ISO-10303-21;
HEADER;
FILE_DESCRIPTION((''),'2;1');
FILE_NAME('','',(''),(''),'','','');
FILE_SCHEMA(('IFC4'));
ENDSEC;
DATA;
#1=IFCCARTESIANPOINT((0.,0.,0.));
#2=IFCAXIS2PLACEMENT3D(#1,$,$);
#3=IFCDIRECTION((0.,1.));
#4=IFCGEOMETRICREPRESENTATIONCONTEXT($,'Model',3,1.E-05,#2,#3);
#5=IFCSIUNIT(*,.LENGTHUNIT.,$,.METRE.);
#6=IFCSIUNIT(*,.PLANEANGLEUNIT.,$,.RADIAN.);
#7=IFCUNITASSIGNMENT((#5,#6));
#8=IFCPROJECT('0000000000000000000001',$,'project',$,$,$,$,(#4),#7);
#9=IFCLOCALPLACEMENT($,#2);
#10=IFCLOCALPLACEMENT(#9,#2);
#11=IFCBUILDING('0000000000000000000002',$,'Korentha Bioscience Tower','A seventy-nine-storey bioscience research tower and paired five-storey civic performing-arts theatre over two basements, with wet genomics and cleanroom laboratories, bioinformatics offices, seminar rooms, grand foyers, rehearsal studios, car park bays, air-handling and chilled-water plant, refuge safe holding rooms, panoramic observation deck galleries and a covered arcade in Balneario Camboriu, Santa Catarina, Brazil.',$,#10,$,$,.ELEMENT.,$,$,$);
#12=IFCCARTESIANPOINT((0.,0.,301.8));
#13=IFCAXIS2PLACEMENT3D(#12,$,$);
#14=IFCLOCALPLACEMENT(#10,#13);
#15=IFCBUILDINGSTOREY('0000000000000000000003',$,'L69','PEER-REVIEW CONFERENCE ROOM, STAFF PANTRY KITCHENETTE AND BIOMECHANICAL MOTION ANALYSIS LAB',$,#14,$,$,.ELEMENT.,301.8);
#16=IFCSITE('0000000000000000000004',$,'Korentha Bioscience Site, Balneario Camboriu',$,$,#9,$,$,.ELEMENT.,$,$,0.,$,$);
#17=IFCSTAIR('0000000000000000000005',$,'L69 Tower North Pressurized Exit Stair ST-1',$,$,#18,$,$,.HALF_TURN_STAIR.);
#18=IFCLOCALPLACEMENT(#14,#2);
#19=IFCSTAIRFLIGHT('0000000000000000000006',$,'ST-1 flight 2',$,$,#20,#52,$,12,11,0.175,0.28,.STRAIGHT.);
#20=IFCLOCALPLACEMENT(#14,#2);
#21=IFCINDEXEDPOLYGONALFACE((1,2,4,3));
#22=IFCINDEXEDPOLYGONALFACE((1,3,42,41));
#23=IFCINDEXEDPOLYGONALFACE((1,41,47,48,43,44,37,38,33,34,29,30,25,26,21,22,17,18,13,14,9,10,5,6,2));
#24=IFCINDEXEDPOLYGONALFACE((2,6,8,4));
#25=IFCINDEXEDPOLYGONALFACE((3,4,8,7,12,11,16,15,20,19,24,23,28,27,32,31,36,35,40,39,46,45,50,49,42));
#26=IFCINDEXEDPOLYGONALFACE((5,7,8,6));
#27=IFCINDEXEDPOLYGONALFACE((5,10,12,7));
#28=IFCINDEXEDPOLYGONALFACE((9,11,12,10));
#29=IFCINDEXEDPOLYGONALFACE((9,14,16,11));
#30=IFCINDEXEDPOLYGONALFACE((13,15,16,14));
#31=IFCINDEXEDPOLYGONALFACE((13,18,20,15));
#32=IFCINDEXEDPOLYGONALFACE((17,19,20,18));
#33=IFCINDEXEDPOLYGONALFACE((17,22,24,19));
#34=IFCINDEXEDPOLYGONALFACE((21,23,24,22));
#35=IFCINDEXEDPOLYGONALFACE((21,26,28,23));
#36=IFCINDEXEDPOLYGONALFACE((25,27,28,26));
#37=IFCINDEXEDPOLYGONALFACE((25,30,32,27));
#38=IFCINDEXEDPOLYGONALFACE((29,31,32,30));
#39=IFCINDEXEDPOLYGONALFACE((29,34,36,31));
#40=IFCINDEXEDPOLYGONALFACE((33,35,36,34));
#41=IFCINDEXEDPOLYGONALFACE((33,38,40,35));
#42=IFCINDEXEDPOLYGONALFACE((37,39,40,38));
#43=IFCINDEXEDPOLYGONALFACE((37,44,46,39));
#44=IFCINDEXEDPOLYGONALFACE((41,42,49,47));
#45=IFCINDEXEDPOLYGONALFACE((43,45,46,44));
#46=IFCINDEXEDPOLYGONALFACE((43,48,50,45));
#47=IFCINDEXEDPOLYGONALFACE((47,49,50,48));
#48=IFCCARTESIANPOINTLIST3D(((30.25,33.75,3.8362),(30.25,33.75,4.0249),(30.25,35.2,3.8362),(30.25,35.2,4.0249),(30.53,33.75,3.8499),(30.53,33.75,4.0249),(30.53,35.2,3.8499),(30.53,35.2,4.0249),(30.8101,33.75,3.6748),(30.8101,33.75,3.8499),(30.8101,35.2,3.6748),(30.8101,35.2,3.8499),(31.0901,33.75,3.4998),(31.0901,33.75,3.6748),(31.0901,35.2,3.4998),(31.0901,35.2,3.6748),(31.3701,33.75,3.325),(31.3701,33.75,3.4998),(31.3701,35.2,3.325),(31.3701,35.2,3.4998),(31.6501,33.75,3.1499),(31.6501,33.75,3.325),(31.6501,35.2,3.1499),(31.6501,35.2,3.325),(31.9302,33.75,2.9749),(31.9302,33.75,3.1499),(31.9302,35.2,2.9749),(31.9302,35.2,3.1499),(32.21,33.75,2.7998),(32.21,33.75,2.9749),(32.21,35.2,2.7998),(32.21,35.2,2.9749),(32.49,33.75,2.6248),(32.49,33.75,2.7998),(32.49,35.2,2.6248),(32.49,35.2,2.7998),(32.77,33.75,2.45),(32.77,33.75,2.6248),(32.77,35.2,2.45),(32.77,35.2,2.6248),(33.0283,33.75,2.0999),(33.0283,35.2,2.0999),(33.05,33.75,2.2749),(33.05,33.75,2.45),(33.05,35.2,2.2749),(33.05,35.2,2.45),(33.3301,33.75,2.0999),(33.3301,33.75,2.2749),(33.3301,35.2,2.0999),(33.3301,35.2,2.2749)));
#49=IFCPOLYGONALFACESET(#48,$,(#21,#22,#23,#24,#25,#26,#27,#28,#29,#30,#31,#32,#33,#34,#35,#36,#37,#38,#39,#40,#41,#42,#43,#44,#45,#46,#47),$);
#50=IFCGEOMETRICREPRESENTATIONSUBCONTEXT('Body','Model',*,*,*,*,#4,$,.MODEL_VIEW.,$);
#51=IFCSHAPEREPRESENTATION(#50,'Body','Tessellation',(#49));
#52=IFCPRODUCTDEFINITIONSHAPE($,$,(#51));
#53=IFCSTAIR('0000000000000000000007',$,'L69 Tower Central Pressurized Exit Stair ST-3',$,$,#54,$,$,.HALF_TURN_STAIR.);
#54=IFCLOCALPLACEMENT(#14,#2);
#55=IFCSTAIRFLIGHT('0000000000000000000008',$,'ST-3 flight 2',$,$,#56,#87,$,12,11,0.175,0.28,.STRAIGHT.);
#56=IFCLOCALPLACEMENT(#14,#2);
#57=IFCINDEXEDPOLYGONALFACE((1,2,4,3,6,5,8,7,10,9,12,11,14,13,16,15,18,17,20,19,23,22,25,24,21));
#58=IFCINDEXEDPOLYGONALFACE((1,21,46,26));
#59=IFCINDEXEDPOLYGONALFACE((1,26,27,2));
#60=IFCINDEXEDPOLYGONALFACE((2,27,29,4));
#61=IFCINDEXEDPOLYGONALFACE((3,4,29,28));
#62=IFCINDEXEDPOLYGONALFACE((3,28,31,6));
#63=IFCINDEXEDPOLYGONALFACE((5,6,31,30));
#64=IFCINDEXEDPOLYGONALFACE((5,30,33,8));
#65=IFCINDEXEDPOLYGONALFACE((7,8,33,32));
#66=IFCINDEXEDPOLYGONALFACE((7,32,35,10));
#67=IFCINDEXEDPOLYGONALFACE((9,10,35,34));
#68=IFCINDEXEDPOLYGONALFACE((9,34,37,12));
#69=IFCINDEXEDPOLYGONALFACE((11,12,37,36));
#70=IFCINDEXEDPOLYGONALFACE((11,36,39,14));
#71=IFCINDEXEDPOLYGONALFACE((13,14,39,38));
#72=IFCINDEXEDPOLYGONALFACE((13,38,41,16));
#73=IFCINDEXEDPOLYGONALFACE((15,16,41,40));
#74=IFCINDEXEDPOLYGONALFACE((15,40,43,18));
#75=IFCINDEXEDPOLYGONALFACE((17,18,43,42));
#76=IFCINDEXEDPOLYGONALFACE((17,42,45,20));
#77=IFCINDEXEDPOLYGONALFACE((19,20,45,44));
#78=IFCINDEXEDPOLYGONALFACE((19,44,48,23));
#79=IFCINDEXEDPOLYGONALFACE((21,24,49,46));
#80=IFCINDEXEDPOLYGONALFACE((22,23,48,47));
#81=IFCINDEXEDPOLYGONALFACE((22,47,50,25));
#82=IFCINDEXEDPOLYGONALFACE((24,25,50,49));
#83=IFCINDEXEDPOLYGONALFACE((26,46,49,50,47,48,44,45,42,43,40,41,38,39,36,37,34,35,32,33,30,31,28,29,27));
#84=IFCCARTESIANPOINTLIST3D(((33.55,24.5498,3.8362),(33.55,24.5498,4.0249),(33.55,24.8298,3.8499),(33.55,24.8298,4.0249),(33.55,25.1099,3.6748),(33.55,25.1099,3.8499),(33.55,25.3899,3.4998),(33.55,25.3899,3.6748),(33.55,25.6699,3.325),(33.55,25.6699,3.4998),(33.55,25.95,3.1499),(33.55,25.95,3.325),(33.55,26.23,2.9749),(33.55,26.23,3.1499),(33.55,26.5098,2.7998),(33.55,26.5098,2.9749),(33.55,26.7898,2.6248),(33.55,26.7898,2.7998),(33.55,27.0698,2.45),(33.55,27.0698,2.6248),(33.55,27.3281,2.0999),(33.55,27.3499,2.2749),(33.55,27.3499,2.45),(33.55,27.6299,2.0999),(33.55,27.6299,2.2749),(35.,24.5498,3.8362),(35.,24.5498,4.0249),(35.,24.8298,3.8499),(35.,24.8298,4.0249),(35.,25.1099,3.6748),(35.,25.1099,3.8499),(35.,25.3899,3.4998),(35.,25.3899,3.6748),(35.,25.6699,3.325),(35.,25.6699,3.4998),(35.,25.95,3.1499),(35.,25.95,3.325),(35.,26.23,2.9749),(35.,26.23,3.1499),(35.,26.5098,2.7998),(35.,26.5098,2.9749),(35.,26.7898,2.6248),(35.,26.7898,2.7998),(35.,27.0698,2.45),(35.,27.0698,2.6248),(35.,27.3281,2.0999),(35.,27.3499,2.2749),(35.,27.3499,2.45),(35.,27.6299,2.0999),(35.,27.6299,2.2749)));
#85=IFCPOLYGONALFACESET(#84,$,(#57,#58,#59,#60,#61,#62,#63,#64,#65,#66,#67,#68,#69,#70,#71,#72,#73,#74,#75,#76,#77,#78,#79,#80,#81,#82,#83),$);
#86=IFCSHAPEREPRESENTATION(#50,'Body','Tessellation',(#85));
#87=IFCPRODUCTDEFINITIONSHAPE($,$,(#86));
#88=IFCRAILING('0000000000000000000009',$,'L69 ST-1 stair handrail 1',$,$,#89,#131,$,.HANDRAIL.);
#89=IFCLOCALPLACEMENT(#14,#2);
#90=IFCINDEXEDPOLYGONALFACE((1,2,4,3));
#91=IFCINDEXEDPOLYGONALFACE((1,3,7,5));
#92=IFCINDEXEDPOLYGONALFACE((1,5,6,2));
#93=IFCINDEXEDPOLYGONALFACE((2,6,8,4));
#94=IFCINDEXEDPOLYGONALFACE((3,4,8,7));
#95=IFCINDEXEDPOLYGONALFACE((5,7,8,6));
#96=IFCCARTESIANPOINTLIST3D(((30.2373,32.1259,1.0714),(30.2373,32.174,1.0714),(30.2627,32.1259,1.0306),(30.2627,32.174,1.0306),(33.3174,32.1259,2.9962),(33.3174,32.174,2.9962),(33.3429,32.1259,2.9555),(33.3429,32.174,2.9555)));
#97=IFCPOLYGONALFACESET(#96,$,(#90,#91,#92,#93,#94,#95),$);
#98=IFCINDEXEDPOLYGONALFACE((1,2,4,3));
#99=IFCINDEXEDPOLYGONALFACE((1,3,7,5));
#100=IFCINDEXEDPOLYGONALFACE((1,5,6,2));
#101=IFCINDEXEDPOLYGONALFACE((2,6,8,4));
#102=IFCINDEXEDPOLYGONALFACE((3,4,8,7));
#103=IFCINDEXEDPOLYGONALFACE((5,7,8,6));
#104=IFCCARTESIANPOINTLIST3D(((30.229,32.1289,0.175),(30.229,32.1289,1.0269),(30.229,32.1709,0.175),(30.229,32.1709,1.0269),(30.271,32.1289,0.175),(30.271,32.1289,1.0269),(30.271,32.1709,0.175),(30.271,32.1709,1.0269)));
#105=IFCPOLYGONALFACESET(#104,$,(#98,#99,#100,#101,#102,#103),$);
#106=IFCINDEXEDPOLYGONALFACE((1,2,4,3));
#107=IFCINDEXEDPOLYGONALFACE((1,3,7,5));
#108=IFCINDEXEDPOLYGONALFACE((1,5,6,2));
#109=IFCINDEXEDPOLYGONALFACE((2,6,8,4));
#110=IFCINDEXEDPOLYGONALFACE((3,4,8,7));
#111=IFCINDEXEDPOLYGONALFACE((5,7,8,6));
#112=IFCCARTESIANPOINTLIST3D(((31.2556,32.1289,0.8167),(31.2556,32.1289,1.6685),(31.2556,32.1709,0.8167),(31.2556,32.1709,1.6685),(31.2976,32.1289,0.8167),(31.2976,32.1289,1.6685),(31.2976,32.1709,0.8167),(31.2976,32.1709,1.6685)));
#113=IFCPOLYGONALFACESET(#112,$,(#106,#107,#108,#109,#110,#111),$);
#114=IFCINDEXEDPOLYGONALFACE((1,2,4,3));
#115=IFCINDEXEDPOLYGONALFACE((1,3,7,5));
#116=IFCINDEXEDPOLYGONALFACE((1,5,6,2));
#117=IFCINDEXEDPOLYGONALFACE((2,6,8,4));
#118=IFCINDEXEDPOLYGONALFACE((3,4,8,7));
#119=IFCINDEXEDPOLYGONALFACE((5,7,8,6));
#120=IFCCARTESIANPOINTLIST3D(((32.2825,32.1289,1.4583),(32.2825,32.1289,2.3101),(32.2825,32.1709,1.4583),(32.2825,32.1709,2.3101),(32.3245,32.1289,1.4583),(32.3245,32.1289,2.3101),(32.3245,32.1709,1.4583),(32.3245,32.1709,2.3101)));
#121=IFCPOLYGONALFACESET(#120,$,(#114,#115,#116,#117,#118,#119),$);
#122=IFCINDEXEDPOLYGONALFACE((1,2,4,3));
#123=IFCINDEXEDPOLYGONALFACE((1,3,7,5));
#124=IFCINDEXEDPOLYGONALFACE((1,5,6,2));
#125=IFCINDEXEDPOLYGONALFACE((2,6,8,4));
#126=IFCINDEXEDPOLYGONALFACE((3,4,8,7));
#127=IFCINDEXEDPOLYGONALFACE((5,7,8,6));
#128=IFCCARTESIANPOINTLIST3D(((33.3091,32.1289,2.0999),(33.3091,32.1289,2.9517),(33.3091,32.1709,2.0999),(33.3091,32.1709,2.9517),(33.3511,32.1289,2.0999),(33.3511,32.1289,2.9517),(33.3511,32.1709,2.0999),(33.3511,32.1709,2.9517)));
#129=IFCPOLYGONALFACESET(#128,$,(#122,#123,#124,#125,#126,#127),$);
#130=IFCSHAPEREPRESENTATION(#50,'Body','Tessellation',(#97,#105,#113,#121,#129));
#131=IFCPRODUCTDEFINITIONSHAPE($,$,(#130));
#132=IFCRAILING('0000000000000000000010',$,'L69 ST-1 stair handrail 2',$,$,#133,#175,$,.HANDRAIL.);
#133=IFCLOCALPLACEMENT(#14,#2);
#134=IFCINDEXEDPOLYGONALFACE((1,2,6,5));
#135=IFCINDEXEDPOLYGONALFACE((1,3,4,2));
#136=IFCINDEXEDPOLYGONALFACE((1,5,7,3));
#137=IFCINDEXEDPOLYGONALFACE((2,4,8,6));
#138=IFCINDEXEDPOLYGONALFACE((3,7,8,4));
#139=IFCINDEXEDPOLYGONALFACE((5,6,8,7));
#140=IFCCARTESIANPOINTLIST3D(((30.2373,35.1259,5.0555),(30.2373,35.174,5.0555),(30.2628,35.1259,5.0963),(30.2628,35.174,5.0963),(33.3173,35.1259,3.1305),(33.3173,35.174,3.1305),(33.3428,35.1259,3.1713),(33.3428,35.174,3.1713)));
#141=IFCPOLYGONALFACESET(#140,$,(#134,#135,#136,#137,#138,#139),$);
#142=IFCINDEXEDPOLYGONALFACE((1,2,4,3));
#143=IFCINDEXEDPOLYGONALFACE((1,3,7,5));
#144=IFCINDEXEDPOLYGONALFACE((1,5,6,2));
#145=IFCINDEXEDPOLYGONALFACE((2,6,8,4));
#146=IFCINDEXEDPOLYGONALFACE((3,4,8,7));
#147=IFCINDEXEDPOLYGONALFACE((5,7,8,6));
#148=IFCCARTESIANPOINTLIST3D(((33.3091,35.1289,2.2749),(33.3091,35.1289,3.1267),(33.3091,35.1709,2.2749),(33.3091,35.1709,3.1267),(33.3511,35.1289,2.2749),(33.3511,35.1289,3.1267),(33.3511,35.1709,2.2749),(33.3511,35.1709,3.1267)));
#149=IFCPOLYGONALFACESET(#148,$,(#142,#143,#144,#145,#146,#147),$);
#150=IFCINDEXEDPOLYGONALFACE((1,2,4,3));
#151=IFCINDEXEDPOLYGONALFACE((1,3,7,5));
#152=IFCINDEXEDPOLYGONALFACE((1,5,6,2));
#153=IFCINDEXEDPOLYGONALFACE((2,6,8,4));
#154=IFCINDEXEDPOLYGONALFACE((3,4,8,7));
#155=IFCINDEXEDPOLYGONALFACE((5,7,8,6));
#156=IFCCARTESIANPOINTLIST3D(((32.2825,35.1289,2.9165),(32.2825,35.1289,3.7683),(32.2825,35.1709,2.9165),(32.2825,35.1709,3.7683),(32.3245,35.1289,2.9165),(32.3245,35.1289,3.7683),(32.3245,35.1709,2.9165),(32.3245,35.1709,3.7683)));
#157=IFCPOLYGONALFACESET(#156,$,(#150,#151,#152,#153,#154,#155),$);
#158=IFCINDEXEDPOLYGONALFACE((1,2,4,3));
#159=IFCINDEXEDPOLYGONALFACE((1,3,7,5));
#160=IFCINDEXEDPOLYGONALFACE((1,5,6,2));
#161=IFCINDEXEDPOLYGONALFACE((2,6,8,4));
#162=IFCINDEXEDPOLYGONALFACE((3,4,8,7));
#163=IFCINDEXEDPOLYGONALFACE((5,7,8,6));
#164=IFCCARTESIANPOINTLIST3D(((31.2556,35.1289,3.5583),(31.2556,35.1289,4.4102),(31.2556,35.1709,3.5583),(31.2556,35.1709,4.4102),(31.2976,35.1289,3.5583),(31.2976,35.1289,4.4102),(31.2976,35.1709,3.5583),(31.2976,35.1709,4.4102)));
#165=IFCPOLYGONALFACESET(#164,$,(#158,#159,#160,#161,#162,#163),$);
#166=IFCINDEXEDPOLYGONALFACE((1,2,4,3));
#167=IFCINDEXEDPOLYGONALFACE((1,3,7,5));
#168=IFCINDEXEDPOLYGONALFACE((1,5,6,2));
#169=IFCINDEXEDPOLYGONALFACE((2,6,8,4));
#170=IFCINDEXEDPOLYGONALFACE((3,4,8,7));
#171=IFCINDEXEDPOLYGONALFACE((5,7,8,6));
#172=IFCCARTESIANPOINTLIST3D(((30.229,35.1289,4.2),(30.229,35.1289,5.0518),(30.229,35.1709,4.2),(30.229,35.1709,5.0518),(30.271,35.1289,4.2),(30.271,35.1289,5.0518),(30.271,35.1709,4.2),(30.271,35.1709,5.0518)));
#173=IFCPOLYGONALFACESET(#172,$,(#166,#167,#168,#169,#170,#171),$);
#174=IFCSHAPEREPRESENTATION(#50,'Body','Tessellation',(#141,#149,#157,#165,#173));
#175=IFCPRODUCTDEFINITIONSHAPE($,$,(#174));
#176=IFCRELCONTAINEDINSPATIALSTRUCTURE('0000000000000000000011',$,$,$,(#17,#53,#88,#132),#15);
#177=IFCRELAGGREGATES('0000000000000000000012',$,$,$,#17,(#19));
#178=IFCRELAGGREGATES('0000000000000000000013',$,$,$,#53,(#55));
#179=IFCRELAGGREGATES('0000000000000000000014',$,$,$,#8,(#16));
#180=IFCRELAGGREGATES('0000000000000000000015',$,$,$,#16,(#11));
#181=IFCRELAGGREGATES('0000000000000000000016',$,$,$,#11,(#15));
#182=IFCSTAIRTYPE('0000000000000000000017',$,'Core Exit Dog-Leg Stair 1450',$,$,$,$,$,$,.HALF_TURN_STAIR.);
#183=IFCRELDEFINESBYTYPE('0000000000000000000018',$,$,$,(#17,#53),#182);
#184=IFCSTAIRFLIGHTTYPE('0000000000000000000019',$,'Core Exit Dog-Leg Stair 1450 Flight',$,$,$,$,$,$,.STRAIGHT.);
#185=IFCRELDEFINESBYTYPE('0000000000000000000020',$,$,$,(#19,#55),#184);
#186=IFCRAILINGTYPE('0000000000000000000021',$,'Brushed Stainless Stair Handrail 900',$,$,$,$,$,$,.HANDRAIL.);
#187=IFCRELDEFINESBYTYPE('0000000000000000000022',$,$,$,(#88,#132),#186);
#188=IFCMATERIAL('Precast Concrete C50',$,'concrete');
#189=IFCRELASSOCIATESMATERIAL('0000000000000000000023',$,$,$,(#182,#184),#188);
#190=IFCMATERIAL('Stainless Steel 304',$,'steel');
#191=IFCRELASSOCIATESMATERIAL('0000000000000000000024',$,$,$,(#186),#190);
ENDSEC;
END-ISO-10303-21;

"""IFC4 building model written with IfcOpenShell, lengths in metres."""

from ifc_helpers import new_model, si_unit, direction, frame, origin, origin_2d, place, context, subcontext, project, spatial, polyline, rectangle, outline, extrude, material, type_object, element, aggregate, save


model = new_model("IFC4")

# Units and contexts
model_context = context("Model", 3, precision=1e-05, world=origin(), true_north=direction((0.0, 1.0)))
body_context = subcontext(model_context, "Body", "Model", "MODEL_VIEW")
ifc_project = project(units=[si_unit("LENGTHUNIT", "METRE"), si_unit("PLANEANGLEUNIT", "RADIAN")], contexts=[model_context])

# Site, building, storey
site_placement = place(None, origin())
site = spatial("IfcSite", under=ifc_project, at=site_placement, Name="Korentha Bioscience Site, Balneario Camboriu", CompositionType="ELEMENT", RefElevation=0.0)
building_placement = place(site_placement, origin())
building = spatial("IfcBuilding", under=site, at=building_placement, Name="Korentha Bioscience Tower", Description="A seventy-nine-storey bioscience research tower and paired five-storey civic performing-arts theatre over two basements, with wet genomics and cleanroom laboratories, bioinformatics offices, seminar rooms, grand foyers, rehearsal studios, car park bays, air-handling and chilled-water plant, refuge safe holding rooms, panoramic observation deck galleries and a covered arcade in Balneario Camboriu, Santa Catarina, Brazil.", CompositionType="ELEMENT")
storey_placement = place(building_placement, frame((0.0, 0.0, 301.8)))
storey = spatial("IfcBuildingStorey", under=building, at=storey_placement, Name="L69", Description="PEER-REVIEW CONFERENCE ROOM, STAFF PANTRY KITCHENETTE AND BIOMECHANICAL MOTION ANALYSIS LAB", CompositionType="ELEMENT", Elevation=301.8)

# Stair, stair flight
ifc_material_1 = material(Name="Precast Concrete C50", Category="concrete")
stair_type = type_object("IfcStairType", Name="Core Exit Dog-Leg Stair 1450", PredefinedType="HALF_TURN_STAIR", material=ifc_material_1)
stair_1_placement = place(storey_placement, origin())
stair_1 = element("IfcStair", 1, at=stair_1_placement, inside=storey, type_object=stair_type, Name="L69 Tower North Pressurized Exit Stair ST-1", PredefinedType="HALF_TURN_STAIR")
stair_flight_type = type_object("IfcStairFlightType", Name="Core Exit Dog-Leg Stair 1450 Flight", PredefinedType="STRAIGHT", material=ifc_material_1)
stair_flight_1_placement = place(storey_placement, frame((33.3301, 34.4751, 2.0999), z_axis=(0.0, 0.0, 1.0), x_axis=(-1.0, 0.0, 0.0)))
stair_flight_1 = element("IfcStairFlight", 2, at=stair_flight_1_placement, type_object=stair_flight_type, Name="ST-1 flight 2", NumberOfRisers=12, NumberOfTreads=11, PredefinedType="STRAIGHT", RiserHeight=0.175, TreadLength=0.28, context=body_context, shape_type="SweptSolid", body=[
    extrude(outline(polyline([(0.0, 0.0), (0.0, 0.175), (0.28, 0.175), (0.28, 0.3501), (0.5601, 0.3501), (0.5601, 0.5249), (0.8401, 0.5249), (0.8401, 0.7), (1.1201, 0.7), (1.1201, 0.875), (1.3999, 0.875), (1.3999, 1.05), (1.6799, 1.05), (1.6799, 1.2251), (1.96, 1.2251), (1.96, 1.3999), (2.24, 1.3999), (2.24, 1.575), (2.52, 1.575), (2.52, 1.75), (2.8, 1.75), (2.8, 1.925), (3.0801, 1.925), (3.0801, 2.1001), (3.0801, 1.7363), (0.3018, 0.0), (0.0, 0.0)])), frame((0.0, 0.7251, 0.0), z_axis=(0.0, -1.0, 0.0), x_axis=(1.0, 0.0, 0.0)), (0.0, 0.0, 1.0), 1.45),
])
aggregate(stair_1, [stair_flight_1])

# Stair, stair flight
stair_2_placement = place(storey_placement, origin())
stair_2 = element("IfcStair", 3, at=stair_2_placement, inside=storey, type_object=stair_type, Name="L69 Tower Central Pressurized Exit Stair ST-3", PredefinedType="HALF_TURN_STAIR")
stair_flight_2_placement = place(storey_placement, frame((34.2749, 27.6299, 2.0999), z_axis=(0.0, 0.0, 1.0), x_axis=(0.0, -1.0, 0.0)))
stair_flight_2 = element("IfcStairFlight", 4, at=stair_flight_2_placement, type_object=stair_flight_type, Name="ST-3 flight 2", NumberOfRisers=12, NumberOfTreads=11, PredefinedType="STRAIGHT", RiserHeight=0.175, TreadLength=0.28, context=body_context, shape_type="SweptSolid", body=[
    extrude(outline(polyline([(0.0, 0.0), (0.0, 0.175), (0.28, 0.175), (0.28, 0.3501), (0.5601, 0.3501), (0.5601, 0.5249), (0.8401, 0.5249), (0.8401, 0.7), (1.1201, 0.7), (1.1201, 0.875), (1.3999, 0.875), (1.3999, 1.05), (1.6799, 1.05), (1.6799, 1.2251), (1.96, 1.2251), (1.96, 1.3999), (2.24, 1.3999), (2.24, 1.575), (2.52, 1.575), (2.52, 1.75), (2.8, 1.75), (2.8, 1.925), (3.0801, 1.925), (3.0801, 2.1001), (3.0801, 1.7363), (0.3018, 0.0), (0.0, 0.0)])), frame((0.0, 0.7251, 0.0), z_axis=(0.0, -1.0, 0.0), x_axis=(1.0, 0.0, 0.0)), (0.0, 0.0, 1.0), 1.45),
])
aggregate(stair_2, [stair_flight_2])

# Railings
ifc_material_2 = material(Name="Stainless Steel 304", Category="steel")
railing_type_1 = type_object("IfcRailingType", Name="Brushed Stainless Stair Handrail 900", PredefinedType="HANDRAIL", material=ifc_material_2)
railing_1_placement = place(storey_placement, frame((30.25, 32.1499, 0.175)))
element("IfcRailing", 5, at=railing_1_placement, inside=storey, type_object=railing_type_1, Name="L69 ST-1 stair handrail 1", PredefinedType="HANDRAIL", context=body_context, shape_type="SweptSolid", body=[
    extrude(rectangle(XDim=0.0481, YDim=0.0481, at=origin_2d()), frame((0.0, 0.0, 0.876), z_axis=(0.848029, 0.0, 0.529951), x_axis=(0.0, 1.0, 0.0)), (0.0, 0.0, 1.0), 3.6321),
    extrude(rectangle(XDim=0.042, YDim=0.042, at=origin_2d()), origin(), (0.0, 0.0, 1.0), 0.8518),
    extrude(rectangle(XDim=0.042, YDim=0.042, at=origin_2d()), frame((1.0266, 0.0, 0.6416)), (0.0, 0.0, 1.0), 0.8518),
    extrude(rectangle(XDim=0.042, YDim=0.042, at=origin_2d()), frame((2.0535, 0.0, 1.2832)), (0.0, 0.0, 1.0), 0.8518),
    extrude(rectangle(XDim=0.042, YDim=0.042, at=origin_2d()), frame((3.0801, 0.0, 1.9248)), (0.0, 0.0, 1.0), 0.8518),
])
railing_2_placement = place(storey_placement, frame((33.3301, 35.1499, 2.2749)))
element("IfcRailing", 6, at=railing_2_placement, inside=storey, type_object=railing_type_1, Name="L69 ST-1 stair handrail 2", PredefinedType="HANDRAIL", context=body_context, shape_type="SweptSolid", body=[
    extrude(rectangle(XDim=0.0481, YDim=0.0481, at=origin_2d()), frame((0.0, 0.0, 0.876), z_axis=(-0.847998, 0.0, 0.529999), x_axis=(0.0, -1.0, 0.0)), (0.0, 0.0, 1.0), 3.6321),
    extrude(rectangle(XDim=0.042, YDim=0.042, at=origin_2d()), origin(), (0.0, 0.0, 1.0), 0.8518),
    extrude(rectangle(XDim=0.042, YDim=0.042, at=origin_2d()), frame((-1.0266, 0.0, 0.6416)), (0.0, 0.0, 1.0), 0.8518),
    extrude(rectangle(XDim=0.042, YDim=0.042, at=origin_2d()), frame((-2.0535, 0.0, 1.2834)), (0.0, 0.0, 1.0), 0.8518),
    extrude(rectangle(XDim=0.042, YDim=0.042, at=origin_2d()), frame((-3.0801, 0.0, 1.925)), (0.0, 0.0, 1.0), 0.8518),
])

save(model, "model.ifc")
